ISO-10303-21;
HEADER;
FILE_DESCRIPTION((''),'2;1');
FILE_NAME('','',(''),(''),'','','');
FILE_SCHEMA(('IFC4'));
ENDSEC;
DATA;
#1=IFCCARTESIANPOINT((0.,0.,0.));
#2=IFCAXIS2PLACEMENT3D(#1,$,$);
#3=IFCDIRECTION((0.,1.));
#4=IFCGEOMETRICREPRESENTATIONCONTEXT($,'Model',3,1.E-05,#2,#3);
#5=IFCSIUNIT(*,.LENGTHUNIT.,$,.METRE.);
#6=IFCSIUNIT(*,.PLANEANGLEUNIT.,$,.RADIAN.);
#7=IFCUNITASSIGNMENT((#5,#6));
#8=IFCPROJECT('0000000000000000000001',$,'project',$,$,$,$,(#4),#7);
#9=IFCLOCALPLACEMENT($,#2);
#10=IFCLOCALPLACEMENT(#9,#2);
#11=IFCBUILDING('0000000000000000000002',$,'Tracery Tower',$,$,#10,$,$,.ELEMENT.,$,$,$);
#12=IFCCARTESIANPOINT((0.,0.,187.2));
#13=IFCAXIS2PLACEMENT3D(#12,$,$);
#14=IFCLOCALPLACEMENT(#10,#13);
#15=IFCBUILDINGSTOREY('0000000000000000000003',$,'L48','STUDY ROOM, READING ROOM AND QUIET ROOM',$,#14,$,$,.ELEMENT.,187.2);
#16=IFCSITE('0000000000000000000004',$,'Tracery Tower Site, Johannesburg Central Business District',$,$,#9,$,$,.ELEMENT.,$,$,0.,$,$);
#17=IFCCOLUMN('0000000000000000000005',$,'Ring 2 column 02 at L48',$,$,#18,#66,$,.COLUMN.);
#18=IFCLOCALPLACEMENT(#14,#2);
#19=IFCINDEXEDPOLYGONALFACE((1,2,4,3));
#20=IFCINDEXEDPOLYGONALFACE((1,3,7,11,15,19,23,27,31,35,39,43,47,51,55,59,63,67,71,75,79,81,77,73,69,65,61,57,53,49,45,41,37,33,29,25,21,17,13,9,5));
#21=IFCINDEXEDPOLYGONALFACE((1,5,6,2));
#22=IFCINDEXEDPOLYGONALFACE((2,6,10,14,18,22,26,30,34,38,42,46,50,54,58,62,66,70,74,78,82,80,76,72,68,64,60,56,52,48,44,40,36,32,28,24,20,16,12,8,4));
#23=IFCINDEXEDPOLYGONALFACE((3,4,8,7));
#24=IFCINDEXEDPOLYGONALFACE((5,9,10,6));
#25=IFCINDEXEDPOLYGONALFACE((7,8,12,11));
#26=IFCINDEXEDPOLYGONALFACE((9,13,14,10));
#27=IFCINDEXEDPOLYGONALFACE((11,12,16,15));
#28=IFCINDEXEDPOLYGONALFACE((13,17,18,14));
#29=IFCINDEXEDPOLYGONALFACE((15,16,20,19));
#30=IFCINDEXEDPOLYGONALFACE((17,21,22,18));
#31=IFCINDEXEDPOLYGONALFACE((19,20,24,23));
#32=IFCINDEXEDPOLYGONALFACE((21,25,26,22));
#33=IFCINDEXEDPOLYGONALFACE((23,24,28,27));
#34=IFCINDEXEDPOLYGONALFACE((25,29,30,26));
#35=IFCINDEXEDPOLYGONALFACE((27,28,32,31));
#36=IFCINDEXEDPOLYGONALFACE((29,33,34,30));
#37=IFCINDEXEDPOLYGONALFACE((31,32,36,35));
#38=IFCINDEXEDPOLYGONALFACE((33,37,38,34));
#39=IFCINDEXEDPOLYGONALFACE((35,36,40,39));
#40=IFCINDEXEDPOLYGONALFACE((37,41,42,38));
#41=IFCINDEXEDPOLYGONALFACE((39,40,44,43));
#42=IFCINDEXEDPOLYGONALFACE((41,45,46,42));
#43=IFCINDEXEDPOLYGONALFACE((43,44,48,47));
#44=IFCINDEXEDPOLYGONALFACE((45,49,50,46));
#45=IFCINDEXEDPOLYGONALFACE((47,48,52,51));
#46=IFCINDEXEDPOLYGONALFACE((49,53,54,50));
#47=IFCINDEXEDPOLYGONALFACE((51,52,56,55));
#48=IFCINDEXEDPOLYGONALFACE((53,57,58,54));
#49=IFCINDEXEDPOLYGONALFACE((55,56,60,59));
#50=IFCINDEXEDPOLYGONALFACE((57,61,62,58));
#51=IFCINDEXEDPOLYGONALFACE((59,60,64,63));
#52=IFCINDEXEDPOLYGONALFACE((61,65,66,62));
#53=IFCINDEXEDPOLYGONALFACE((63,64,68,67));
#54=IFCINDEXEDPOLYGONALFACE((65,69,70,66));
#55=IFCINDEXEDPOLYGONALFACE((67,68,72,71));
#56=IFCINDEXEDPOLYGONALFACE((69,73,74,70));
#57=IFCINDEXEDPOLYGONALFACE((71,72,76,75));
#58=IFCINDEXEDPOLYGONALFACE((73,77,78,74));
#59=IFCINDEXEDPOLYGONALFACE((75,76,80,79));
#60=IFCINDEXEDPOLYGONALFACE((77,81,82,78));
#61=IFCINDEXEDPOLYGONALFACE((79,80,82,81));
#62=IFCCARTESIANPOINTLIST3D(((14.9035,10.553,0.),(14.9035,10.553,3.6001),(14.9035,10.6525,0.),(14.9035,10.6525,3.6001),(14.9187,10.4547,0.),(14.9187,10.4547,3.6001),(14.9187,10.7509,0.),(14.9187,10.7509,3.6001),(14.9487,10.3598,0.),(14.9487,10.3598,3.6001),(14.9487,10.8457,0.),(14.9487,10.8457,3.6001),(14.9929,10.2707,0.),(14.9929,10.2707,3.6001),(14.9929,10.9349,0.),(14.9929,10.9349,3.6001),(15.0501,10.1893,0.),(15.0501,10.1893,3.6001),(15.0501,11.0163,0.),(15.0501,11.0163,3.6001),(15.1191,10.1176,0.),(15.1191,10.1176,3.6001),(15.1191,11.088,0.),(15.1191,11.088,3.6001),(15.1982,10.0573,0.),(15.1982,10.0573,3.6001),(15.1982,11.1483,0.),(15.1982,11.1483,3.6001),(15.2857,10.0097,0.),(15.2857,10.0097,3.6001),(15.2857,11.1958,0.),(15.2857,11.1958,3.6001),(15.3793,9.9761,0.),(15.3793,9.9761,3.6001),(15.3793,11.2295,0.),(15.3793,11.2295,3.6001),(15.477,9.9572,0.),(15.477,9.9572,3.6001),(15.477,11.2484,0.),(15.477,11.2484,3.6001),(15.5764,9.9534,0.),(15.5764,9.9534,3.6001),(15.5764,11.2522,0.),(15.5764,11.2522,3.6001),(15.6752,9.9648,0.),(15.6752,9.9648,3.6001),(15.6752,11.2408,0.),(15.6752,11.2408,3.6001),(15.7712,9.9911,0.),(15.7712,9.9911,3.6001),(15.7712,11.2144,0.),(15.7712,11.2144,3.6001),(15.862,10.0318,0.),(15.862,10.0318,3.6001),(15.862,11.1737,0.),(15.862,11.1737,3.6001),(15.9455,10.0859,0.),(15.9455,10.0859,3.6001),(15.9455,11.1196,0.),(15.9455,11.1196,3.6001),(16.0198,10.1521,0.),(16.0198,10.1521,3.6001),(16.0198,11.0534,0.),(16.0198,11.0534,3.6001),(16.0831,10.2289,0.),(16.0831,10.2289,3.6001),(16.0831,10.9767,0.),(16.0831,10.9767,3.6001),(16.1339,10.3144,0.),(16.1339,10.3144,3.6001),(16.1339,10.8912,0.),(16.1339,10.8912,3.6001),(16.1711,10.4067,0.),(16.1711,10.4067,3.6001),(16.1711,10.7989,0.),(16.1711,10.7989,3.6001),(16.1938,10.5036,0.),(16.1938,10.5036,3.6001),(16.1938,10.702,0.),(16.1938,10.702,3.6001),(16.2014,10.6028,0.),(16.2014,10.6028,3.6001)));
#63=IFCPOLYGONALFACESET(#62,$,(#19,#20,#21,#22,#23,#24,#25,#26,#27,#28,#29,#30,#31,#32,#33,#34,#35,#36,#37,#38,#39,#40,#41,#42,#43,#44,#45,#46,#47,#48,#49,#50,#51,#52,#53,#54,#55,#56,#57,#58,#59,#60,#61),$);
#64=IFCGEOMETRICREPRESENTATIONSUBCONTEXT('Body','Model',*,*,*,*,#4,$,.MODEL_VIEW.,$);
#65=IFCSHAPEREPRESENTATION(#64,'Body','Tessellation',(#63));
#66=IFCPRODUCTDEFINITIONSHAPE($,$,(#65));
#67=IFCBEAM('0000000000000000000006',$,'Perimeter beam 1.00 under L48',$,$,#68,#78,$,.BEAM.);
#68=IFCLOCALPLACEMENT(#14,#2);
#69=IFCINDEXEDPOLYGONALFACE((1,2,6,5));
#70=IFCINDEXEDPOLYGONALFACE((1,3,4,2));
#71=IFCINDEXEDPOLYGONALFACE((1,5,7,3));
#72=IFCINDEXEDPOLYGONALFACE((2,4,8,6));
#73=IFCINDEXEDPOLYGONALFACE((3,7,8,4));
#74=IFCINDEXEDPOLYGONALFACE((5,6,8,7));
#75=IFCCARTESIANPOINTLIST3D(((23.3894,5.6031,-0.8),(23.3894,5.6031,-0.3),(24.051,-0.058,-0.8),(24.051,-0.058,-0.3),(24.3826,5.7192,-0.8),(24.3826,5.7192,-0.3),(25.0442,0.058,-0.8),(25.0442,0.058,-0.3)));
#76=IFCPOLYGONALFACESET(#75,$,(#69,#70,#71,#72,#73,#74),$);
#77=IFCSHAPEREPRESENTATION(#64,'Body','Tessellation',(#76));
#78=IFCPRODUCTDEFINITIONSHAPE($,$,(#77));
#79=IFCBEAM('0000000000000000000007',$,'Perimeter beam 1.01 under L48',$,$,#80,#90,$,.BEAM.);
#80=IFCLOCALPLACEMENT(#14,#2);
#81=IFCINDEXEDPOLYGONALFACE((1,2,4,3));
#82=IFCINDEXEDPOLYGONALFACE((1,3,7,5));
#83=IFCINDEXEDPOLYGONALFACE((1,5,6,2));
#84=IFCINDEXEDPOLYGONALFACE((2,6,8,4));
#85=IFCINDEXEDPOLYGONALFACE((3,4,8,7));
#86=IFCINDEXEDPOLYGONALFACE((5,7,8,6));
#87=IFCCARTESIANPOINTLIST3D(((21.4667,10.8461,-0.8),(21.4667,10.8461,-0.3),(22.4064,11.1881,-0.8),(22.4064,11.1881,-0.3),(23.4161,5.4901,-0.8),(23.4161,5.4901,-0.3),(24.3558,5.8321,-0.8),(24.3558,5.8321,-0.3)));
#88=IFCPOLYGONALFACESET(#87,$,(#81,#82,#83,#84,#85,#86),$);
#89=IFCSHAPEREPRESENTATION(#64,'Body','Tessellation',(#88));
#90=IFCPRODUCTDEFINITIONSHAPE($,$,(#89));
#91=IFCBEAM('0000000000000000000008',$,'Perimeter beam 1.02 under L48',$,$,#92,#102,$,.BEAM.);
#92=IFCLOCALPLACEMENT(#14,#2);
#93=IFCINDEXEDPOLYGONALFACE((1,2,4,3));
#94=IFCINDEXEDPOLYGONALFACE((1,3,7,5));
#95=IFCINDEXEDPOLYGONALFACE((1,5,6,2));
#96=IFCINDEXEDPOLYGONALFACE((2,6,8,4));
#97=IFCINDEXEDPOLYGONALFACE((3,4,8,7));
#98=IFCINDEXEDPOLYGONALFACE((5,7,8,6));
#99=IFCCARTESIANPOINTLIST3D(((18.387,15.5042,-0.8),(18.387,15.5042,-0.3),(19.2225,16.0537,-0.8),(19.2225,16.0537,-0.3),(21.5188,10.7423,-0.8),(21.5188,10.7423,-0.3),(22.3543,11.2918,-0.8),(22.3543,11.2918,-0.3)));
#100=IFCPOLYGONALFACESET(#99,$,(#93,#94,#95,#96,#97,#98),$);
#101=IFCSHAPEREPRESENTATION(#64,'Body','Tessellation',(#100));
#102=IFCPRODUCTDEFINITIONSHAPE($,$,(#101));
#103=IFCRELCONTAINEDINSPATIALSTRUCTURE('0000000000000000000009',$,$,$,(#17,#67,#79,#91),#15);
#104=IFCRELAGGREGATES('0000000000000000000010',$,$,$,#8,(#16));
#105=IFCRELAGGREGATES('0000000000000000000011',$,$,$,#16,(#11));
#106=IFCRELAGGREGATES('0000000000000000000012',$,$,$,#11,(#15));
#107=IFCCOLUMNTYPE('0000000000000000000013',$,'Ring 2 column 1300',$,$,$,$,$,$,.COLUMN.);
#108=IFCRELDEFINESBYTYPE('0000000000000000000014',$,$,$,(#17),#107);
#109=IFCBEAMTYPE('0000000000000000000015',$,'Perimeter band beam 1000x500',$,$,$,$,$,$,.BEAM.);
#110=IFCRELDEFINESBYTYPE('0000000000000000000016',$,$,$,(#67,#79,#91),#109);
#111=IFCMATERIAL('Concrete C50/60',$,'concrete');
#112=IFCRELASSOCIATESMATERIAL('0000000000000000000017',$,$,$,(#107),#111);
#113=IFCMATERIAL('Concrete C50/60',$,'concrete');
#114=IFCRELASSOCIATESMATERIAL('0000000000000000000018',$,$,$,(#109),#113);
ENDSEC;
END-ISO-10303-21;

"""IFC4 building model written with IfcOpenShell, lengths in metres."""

from ifc_helpers import new_model, si_unit, direction, frame, origin, origin_2d, place, context, subcontext, project, spatial, rectangle, circle, extrude, material, material_profile, profile_set, type_object, element, save


model = new_model("IFC4")

# Units and contexts
model_context = context("Model", 3, precision=1e-05, world=origin(), true_north=direction((0.0, 1.0)))
body_context = subcontext(model_context, "Body", "Model", "MODEL_VIEW")
ifc_project = project(units=[si_unit("LENGTHUNIT", "METRE"), si_unit("PLANEANGLEUNIT", "RADIAN")], contexts=[model_context])

# Site, building, storey
site_placement = place(None, origin())
site = spatial("IfcSite", under=ifc_project, at=site_placement, Name="Tracery Tower Site, Johannesburg Central Business District", CompositionType="ELEMENT", RefElevation=0.0)
building_placement = place(site_placement, origin())
building = spatial("IfcBuilding", under=site, at=building_placement, Name="Tracery Tower", CompositionType="ELEMENT")
storey_placement = place(building_placement, frame((0.0, 0.0, 187.2)))
storey = spatial("IfcBuildingStorey", under=building, at=storey_placement, Name="L48", Description="STUDY ROOM, READING ROOM AND QUIET ROOM", CompositionType="ELEMENT", Elevation=187.2)

# Column
ifc_material_1 = material(Name="Concrete C50/60", Category="concrete")
ifc_material_profile_1 = material_profile(ifc_material_1, circle(Radius=0.6499, at=origin_2d()), Name="RC D1300")
ifc_profile_set_1 = profile_set([ifc_material_profile_1], Name="Concrete C50/60")
column_type_1 = type_object("IfcColumnType", Name="Ring 2 column 1300", PredefinedType="COLUMN", material=ifc_profile_set_1)
for number, where, z_axis, x_axis, name in (
    (1, (15.5515, 10.6028, 0.0), (0.0, 0.0, 1.0), (1.0, 0.0, 0.0), "Ring 2 column 02 at L48"),
):
    element("IfcColumn", number, at=place(storey_placement, frame(where, z_axis=z_axis, x_axis=x_axis)), inside=storey, type_object=column_type_1, Name=name, PredefinedType="COLUMN", context=body_context, shape_type="SweptSolid", body=[
        extrude(circle(Radius=0.6499, at=origin_2d()), origin(), (0.0, 0.0, 1.0), 3.6001),
    ])

# Beams
ifc_material_2 = material(Name="Concrete C50/60", Category="concrete")
ifc_material_profile_2 = material_profile(ifc_material_2, rectangle(XDim=1.0, YDim=0.5, at=origin_2d()), Name="RC 1000x500")
ifc_profile_set_2 = profile_set([ifc_material_profile_2], Name="Concrete C50/60")
beam_type = type_object("IfcBeamType", Name="Perimeter band beam 1000x500", PredefinedType="BEAM", material=ifc_profile_set_2)
for number, where, z_axis, x_axis, name in (
    (2, (24.5476, 0.0, -0.55), (-0.116081, 0.99324, 0.0), (-0.99324, -0.116081, 0.0), "Perimeter beam 1.00 under L48"),
    (3, (23.886, 5.6611, -0.55), (-0.342029, 0.93969, 0.0), (-0.93969, -0.342029, 0.0), "Perimeter beam 1.01 under L48"),
):
    element("IfcBeam", number, at=place(storey_placement, frame(where, z_axis=z_axis, x_axis=x_axis)), inside=storey, type_object=beam_type, Name=name, PredefinedType="BEAM", context=body_context, shape_type="SweptSolid", body=[
        extrude(rectangle(XDim=1.0, YDim=0.5, at=origin_2d()), origin(), (0.0, 0.0, 1.0), 5.6997),
    ])
beam_placement = place(storey_placement, frame((21.9365, 11.0171, -0.55), z_axis=(-0.54949, 0.8355, 0.0), x_axis=(-0.8355, -0.54949, 0.0)))
element("IfcBeam", 4, at=beam_placement, inside=storey, type_object=beam_type, Name="Perimeter beam 1.02 under L48", PredefinedType="BEAM", context=body_context, shape_type="SweptSolid", body=[
    extrude(rectangle(XDim=1.0, YDim=0.5, at=origin_2d()), origin(), (0.0, 0.0, 1.0), 5.6995),
])

save(model, "model.ifc")
